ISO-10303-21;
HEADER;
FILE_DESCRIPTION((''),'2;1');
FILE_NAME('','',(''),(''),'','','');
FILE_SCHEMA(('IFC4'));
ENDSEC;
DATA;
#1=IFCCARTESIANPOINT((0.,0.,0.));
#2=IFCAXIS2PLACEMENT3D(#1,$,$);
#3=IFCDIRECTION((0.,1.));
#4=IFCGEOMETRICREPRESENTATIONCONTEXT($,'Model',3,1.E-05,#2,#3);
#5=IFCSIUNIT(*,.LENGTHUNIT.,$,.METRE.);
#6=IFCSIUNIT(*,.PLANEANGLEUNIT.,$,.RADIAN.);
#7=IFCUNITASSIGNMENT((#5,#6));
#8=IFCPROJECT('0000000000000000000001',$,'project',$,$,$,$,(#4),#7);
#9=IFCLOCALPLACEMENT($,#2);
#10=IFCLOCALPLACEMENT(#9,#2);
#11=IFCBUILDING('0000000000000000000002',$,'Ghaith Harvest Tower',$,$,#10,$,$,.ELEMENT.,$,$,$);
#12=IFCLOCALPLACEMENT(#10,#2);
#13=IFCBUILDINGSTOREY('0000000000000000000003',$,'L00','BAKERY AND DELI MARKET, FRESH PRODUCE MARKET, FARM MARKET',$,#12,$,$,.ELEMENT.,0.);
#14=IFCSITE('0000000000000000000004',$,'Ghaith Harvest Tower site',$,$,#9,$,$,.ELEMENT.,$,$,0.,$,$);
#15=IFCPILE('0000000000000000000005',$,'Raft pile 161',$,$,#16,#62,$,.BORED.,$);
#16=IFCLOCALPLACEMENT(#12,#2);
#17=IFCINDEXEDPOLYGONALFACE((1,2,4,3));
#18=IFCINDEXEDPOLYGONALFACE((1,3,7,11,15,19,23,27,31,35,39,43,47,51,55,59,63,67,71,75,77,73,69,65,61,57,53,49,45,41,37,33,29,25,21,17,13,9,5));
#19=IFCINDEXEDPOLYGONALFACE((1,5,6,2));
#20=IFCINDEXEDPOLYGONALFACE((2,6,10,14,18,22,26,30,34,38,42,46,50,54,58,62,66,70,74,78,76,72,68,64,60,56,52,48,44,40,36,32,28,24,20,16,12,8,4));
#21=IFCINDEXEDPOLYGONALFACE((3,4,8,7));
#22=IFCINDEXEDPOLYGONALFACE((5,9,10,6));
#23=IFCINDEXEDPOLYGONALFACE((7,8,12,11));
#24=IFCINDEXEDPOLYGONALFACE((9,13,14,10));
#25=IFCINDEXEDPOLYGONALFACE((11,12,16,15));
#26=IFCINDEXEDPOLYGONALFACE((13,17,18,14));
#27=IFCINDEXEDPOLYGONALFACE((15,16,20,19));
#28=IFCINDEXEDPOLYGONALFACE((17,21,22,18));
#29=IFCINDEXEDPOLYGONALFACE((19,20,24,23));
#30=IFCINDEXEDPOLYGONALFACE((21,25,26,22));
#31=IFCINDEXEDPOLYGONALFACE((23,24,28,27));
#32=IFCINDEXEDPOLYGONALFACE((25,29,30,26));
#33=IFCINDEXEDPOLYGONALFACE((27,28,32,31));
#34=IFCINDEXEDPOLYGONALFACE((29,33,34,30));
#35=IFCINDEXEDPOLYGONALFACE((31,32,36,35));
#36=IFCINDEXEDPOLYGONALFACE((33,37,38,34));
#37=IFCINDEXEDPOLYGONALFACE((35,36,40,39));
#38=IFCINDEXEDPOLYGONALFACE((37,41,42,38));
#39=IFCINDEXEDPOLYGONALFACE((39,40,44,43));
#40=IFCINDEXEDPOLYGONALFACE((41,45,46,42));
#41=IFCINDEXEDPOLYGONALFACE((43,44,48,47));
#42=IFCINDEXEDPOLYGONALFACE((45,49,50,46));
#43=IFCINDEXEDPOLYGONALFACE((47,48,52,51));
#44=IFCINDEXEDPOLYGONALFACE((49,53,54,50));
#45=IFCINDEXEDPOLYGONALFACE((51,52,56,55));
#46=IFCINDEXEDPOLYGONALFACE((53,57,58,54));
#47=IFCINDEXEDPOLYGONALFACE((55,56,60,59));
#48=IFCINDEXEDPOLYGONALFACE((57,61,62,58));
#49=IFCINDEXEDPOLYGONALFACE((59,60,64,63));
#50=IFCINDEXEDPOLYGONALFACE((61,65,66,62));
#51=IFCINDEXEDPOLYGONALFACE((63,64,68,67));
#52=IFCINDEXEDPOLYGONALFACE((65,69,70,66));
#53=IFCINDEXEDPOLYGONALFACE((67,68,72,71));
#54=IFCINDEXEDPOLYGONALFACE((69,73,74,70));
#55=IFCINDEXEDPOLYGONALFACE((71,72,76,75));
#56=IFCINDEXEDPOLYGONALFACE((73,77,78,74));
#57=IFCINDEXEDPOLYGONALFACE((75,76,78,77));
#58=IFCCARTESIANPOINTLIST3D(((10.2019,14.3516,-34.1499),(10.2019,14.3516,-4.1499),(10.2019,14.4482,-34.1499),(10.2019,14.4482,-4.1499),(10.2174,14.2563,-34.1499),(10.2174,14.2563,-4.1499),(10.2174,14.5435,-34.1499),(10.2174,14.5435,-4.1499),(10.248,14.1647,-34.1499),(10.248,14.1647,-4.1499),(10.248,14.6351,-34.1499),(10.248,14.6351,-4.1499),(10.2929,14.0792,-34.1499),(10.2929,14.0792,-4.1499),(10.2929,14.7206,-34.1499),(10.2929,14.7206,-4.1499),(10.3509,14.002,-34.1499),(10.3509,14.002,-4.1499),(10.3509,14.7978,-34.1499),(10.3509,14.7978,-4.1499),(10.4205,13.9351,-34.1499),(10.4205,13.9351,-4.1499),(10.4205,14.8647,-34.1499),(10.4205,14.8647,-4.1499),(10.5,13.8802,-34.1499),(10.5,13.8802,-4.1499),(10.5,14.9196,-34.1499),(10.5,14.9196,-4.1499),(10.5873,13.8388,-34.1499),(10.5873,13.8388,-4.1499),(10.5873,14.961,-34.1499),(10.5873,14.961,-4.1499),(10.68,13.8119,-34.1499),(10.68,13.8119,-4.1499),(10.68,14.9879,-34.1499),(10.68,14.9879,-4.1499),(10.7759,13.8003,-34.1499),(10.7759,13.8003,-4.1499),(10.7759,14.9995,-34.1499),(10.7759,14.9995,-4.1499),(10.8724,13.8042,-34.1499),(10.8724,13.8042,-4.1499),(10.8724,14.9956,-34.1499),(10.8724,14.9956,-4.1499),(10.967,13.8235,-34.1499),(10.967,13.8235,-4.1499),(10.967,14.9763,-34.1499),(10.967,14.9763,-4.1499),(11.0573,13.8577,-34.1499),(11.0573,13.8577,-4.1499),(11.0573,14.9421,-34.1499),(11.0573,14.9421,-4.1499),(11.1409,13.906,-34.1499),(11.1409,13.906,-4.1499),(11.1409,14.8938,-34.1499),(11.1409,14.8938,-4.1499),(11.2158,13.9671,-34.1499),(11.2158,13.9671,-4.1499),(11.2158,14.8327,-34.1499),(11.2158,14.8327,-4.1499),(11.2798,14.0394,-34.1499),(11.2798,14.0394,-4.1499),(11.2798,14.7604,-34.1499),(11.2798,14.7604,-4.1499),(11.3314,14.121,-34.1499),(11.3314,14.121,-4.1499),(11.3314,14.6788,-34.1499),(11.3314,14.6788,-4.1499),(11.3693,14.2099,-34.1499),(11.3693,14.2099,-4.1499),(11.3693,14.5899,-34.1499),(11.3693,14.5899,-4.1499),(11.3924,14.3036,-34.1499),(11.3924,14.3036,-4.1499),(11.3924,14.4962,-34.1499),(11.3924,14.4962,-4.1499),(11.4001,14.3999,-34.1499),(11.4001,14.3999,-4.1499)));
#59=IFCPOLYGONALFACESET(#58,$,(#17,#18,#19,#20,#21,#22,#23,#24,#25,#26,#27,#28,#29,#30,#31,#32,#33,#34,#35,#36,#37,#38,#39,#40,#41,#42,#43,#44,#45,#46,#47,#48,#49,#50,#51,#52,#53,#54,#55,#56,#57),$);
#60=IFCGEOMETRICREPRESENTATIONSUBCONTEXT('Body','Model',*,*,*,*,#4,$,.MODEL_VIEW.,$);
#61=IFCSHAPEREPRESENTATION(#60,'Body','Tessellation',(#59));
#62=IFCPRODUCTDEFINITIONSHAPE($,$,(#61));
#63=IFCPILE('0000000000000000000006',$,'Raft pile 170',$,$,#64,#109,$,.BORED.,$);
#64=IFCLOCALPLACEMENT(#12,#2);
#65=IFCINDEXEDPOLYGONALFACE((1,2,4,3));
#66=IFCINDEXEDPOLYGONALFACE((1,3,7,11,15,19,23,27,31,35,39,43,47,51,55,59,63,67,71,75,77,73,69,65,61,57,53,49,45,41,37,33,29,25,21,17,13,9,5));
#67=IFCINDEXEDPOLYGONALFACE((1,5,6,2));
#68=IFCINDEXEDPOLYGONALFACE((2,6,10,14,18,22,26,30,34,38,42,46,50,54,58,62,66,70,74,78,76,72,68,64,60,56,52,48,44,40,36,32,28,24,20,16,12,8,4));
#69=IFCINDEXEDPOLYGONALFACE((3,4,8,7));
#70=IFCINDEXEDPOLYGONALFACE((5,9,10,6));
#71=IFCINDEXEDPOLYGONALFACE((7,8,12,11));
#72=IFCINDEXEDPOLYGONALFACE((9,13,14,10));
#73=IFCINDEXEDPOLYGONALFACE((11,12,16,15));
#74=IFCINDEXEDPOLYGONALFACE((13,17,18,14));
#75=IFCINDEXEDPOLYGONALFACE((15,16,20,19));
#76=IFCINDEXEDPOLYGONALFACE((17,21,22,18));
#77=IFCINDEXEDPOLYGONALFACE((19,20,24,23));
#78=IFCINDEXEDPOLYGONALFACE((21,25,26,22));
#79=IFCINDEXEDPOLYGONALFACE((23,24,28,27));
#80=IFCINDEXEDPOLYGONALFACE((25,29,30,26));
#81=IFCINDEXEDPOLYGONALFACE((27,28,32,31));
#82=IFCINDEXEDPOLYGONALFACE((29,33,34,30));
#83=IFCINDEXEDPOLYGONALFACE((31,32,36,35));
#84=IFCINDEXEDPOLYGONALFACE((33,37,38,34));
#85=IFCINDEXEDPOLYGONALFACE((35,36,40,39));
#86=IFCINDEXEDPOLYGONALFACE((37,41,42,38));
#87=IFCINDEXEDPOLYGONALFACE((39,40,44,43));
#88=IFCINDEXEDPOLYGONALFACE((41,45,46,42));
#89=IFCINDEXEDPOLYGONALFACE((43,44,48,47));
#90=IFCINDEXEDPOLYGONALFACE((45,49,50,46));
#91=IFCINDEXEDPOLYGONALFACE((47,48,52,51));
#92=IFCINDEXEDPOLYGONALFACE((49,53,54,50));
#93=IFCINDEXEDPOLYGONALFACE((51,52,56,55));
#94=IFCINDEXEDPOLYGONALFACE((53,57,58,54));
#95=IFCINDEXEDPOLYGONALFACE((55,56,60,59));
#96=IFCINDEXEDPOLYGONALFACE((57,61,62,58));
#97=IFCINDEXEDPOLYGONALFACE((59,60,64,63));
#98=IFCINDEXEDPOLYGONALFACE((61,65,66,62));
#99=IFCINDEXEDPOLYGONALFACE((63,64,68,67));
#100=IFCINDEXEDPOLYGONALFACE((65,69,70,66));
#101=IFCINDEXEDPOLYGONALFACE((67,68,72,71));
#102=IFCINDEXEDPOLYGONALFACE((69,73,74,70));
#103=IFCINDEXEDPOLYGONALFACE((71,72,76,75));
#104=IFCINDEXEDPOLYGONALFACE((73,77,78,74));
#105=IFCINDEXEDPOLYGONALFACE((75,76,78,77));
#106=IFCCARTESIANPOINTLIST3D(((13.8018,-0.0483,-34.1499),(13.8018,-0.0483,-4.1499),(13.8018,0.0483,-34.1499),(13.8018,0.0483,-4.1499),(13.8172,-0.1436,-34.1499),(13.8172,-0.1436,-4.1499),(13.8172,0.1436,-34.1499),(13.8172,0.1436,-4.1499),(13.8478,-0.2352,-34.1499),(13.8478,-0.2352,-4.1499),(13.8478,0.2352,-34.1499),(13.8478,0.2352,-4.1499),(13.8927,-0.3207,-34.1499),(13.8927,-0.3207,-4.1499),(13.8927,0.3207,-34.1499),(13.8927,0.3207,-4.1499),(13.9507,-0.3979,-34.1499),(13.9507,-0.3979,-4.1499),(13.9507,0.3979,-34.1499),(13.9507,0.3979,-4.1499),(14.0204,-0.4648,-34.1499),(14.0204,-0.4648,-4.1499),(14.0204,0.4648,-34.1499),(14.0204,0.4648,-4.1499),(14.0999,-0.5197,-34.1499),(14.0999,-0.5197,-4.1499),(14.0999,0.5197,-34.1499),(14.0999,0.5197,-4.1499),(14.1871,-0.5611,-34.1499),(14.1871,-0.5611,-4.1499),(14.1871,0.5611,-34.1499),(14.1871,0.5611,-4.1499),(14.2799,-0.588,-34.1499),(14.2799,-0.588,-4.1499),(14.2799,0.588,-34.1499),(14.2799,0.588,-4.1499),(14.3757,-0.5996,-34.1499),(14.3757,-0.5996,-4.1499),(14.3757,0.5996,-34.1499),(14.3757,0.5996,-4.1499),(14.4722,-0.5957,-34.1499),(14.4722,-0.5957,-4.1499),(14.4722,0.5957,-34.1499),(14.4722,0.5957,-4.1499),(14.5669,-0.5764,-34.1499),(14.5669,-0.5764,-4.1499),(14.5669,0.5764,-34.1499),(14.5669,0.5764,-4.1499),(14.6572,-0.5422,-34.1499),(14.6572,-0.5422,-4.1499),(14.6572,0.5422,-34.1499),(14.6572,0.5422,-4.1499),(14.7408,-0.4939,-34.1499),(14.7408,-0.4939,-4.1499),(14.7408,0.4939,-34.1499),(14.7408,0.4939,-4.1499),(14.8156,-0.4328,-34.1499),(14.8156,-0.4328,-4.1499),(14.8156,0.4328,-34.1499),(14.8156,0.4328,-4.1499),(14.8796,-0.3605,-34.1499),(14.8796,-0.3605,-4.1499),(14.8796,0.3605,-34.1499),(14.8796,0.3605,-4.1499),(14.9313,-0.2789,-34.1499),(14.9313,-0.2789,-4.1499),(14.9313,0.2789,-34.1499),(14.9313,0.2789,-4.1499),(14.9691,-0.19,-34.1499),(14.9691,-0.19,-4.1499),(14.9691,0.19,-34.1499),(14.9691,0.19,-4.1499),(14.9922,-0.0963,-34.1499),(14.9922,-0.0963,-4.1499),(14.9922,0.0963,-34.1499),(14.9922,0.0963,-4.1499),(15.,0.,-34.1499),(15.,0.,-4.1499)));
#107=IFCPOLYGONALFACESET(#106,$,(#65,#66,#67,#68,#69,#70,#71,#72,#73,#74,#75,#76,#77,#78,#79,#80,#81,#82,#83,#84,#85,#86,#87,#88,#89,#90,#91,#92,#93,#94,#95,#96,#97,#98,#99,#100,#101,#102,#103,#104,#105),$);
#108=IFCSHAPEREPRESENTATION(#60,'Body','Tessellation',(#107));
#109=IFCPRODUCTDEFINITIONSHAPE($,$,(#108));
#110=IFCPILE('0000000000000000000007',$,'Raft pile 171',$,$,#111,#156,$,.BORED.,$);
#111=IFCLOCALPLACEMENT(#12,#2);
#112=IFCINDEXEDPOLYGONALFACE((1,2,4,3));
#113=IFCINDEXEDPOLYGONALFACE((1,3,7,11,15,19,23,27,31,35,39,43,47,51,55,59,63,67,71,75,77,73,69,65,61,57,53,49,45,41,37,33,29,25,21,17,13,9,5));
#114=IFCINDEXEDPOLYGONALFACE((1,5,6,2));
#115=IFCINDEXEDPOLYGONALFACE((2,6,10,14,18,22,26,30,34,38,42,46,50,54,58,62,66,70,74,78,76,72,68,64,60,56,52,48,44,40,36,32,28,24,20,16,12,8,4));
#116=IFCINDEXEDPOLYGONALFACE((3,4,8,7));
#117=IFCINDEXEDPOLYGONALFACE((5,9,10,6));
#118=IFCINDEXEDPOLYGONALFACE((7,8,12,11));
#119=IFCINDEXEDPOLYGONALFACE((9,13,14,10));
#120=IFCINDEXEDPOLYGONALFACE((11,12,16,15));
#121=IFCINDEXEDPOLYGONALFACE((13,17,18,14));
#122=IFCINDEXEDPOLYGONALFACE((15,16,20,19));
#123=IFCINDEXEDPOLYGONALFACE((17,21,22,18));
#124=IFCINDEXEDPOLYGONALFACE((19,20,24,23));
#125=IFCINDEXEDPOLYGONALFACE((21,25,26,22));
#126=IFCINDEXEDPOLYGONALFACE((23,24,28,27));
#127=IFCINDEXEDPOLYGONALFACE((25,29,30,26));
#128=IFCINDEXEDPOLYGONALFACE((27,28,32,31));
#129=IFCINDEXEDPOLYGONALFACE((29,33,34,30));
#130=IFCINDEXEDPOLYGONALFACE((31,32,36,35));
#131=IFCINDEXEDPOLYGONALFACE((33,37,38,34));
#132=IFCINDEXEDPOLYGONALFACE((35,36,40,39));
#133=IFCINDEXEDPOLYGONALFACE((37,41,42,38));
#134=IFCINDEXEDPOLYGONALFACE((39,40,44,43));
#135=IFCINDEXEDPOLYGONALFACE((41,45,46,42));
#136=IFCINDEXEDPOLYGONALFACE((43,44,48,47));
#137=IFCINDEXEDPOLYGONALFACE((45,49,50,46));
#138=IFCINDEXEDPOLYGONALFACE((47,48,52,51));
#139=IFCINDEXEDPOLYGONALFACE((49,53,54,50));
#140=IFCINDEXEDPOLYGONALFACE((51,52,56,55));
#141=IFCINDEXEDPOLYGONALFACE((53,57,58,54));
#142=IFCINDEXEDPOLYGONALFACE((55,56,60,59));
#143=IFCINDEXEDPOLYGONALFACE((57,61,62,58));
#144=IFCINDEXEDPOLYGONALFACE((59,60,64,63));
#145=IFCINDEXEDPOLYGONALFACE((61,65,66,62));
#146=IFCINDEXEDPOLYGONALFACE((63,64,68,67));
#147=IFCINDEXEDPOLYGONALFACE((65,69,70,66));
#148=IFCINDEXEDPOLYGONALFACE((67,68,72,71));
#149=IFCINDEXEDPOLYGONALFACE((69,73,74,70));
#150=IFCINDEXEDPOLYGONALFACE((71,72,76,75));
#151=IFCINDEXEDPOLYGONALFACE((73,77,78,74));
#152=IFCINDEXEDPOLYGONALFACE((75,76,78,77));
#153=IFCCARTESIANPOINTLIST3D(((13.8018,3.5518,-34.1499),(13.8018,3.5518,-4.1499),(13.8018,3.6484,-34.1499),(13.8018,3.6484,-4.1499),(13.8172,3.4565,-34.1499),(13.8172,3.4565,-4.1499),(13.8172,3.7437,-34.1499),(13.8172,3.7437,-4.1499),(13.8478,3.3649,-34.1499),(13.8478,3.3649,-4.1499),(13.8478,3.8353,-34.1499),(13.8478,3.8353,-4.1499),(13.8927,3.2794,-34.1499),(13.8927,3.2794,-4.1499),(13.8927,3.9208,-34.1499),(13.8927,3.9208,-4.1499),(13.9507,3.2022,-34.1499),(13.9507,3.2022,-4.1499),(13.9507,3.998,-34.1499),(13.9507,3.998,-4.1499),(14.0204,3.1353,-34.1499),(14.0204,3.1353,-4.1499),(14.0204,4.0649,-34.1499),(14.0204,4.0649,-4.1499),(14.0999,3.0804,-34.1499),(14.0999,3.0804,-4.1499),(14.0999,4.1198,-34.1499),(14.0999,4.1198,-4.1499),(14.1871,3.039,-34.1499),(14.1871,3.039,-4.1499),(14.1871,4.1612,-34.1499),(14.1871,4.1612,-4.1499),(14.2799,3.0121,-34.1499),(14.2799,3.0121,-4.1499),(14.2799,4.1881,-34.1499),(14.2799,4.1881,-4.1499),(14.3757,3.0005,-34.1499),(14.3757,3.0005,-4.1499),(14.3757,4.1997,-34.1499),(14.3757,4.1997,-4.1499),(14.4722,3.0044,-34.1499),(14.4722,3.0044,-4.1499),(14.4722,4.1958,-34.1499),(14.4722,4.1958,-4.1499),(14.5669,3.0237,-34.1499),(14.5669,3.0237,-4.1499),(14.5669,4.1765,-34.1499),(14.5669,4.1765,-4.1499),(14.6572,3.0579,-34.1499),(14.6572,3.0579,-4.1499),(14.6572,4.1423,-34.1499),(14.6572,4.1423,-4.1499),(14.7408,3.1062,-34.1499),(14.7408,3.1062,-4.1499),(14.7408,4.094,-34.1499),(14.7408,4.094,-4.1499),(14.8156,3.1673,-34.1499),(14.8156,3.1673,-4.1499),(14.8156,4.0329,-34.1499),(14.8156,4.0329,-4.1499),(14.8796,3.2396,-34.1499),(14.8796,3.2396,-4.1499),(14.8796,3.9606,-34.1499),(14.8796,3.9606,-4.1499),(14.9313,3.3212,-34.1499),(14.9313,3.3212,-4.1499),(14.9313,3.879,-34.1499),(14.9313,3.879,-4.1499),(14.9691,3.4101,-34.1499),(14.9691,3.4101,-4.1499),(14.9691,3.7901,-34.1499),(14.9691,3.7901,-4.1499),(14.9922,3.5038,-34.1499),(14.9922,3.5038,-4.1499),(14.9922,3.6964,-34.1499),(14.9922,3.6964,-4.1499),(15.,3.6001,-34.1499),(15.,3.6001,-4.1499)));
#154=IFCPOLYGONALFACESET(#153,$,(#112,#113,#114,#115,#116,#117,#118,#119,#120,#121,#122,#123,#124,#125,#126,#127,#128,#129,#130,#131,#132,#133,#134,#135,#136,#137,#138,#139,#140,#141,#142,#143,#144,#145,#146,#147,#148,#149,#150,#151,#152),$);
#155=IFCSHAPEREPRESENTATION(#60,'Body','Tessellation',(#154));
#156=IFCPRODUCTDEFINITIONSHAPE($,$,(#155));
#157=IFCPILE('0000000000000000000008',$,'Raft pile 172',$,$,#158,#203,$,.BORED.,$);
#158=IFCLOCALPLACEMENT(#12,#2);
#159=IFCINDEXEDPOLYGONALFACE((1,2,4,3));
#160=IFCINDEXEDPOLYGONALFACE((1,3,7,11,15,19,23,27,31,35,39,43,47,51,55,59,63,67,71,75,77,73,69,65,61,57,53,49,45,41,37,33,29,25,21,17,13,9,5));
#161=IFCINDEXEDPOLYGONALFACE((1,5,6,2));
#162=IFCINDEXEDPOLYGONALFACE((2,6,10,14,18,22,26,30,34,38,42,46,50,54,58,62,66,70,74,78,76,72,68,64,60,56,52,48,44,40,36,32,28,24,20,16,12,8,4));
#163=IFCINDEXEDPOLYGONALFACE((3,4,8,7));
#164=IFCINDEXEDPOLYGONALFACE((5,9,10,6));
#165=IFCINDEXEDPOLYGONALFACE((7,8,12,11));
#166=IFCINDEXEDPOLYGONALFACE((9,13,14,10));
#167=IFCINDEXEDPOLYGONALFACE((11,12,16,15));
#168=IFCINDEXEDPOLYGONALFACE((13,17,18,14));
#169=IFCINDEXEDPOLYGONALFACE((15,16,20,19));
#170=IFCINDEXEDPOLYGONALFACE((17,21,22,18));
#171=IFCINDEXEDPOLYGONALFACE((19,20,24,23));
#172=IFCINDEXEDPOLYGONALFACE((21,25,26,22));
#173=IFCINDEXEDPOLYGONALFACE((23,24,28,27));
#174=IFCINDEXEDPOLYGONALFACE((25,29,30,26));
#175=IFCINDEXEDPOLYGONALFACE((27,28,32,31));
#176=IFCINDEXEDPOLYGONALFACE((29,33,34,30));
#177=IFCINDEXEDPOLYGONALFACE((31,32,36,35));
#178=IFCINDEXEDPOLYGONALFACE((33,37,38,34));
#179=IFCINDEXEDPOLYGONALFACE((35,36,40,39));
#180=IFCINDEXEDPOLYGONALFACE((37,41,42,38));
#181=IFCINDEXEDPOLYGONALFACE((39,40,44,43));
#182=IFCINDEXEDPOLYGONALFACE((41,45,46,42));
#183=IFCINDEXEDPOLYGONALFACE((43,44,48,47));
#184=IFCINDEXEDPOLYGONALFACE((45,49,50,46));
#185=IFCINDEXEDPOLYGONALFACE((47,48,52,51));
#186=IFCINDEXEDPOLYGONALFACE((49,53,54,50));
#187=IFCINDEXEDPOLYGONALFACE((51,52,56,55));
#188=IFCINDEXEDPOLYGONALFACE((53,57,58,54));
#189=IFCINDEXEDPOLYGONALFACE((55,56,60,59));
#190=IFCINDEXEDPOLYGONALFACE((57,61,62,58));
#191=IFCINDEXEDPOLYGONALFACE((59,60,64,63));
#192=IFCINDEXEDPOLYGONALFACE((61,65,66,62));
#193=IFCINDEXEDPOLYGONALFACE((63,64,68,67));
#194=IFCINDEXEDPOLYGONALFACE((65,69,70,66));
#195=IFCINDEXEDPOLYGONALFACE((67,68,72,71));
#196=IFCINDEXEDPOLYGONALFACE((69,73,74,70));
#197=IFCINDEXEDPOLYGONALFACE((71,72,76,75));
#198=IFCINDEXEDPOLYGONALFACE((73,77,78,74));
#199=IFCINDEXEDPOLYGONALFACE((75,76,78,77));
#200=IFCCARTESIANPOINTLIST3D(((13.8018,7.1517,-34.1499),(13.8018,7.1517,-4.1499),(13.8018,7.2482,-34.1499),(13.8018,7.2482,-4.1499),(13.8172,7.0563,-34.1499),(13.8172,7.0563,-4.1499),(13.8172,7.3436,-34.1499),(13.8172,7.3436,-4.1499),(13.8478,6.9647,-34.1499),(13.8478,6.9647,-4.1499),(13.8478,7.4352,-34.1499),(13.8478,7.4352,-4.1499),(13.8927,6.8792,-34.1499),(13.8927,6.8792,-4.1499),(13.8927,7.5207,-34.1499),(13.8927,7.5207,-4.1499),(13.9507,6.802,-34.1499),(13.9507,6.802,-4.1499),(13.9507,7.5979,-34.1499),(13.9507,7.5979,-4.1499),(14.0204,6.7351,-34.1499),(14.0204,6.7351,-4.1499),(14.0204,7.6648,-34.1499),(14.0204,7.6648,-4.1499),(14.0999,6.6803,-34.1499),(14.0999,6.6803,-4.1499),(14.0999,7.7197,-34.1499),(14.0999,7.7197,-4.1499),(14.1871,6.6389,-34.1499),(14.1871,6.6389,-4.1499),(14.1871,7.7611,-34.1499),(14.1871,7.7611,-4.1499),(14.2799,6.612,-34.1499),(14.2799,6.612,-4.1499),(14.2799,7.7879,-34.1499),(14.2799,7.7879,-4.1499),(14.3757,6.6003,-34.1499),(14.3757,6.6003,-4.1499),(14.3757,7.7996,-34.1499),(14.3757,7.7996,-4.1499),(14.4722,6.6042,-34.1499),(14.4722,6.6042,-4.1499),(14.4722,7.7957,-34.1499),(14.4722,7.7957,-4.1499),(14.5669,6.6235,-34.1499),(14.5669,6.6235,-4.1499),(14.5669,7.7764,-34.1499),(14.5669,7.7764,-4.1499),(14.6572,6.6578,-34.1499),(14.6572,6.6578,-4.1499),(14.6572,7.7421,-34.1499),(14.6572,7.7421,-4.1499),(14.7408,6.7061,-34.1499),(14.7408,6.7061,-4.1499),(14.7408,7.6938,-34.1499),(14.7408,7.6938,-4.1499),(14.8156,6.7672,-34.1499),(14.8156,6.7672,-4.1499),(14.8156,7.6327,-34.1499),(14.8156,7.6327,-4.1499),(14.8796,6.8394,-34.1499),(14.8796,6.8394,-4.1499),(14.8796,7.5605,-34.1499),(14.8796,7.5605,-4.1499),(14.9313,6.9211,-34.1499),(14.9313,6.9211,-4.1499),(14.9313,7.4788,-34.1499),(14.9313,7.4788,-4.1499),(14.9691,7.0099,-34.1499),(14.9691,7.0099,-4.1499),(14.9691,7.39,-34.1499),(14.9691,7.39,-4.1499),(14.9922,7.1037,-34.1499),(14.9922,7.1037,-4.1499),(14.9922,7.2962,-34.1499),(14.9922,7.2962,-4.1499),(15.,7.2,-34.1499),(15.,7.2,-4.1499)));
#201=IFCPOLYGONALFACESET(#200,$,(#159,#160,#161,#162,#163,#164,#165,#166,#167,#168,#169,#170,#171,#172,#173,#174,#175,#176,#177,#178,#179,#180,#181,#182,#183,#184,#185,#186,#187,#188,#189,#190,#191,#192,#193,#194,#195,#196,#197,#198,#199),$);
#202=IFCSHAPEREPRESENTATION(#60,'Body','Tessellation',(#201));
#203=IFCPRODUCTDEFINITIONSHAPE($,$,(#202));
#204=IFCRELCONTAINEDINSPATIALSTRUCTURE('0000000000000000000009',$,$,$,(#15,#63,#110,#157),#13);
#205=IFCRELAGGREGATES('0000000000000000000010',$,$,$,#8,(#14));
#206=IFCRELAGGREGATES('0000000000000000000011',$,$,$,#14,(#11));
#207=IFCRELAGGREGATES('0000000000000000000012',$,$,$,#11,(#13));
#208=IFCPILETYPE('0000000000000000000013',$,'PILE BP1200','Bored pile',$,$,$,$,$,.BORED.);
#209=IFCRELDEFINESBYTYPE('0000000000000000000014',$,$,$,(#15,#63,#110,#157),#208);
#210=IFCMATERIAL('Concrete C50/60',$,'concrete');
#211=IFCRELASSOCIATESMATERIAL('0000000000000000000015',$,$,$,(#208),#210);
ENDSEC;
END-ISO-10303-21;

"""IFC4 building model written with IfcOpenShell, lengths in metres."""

from ifc_helpers import new_model, si_unit, direction, frame, origin, origin_2d, place, context, subcontext, project, spatial, circle, extrude, material, material_profile, profile_set, type_object, element, save


model = new_model("IFC4")

# Units and contexts
model_context = context("Model", 3, precision=1e-05, world=origin(), true_north=direction((0.0, 1.0)))
body_context = subcontext(model_context, "Body", "Model", "MODEL_VIEW")
ifc_project = project(units=[si_unit("LENGTHUNIT", "METRE"), si_unit("PLANEANGLEUNIT", "RADIAN")], contexts=[model_context])

# Site, building, storey
site_placement = place(None, origin())
site = spatial("IfcSite", under=ifc_project, at=site_placement, Name="Ghaith Harvest Tower site", CompositionType="ELEMENT", RefElevation=0.0)
building_placement = place(site_placement, origin())
building = spatial("IfcBuilding", under=site, at=building_placement, Name="Ghaith Harvest Tower", CompositionType="ELEMENT")
storey_placement = place(building_placement, origin())
storey = spatial("IfcBuildingStorey", under=building, at=storey_placement, Name="L00", Description="BAKERY AND DELI MARKET, FRESH PRODUCE MARKET, FARM MARKET", CompositionType="ELEMENT", Elevation=0.0)

# Piles
ifc_material_1 = material(Name="Concrete C50/60", Category="concrete")
ifc_material_profile = material_profile(ifc_material_1, circle(Radius=0.6001, at=origin_2d()), Name="PILE1200")
ifc_profile_set = profile_set([ifc_material_profile], Name="Concrete C50/60")
pile_type = type_object("IfcPileType", Name="PILE BP1200", Description="Bored pile", PredefinedType="BORED", material=ifc_profile_set)
for number, where, z_axis, x_axis, name in (
    (1, (10.8, 14.3999, -4.1499), (0.0, 0.0, -1.0), (1.0, 0.0, 0.0), "Raft pile 161"),
    (2, (14.3999, 0.0, -4.1499), (0.0, 0.0, -1.0), (1.0, 0.0, 0.0), "Raft pile 170"),
    (3, (14.3999, 3.6001, -4.1499), (0.0, 0.0, -1.0), (1.0, 0.0, 0.0), "Raft pile 171"),
    (4, (14.3999, 7.2, -4.1499), (0.0, 0.0, -1.0), (1.0, 0.0, 0.0), "Raft pile 172"),
):
    element("IfcPile", number, at=place(storey_placement, frame(where, z_axis=z_axis, x_axis=x_axis)), inside=storey, type_object=pile_type, Name=name, PredefinedType="BORED", context=body_context, shape_type="SweptSolid", body=[
        extrude(circle(Radius=0.6001, at=origin_2d()), origin(), (0.0, 0.0, 1.0), 30.0),
    ])

save(model, "model.ifc")
